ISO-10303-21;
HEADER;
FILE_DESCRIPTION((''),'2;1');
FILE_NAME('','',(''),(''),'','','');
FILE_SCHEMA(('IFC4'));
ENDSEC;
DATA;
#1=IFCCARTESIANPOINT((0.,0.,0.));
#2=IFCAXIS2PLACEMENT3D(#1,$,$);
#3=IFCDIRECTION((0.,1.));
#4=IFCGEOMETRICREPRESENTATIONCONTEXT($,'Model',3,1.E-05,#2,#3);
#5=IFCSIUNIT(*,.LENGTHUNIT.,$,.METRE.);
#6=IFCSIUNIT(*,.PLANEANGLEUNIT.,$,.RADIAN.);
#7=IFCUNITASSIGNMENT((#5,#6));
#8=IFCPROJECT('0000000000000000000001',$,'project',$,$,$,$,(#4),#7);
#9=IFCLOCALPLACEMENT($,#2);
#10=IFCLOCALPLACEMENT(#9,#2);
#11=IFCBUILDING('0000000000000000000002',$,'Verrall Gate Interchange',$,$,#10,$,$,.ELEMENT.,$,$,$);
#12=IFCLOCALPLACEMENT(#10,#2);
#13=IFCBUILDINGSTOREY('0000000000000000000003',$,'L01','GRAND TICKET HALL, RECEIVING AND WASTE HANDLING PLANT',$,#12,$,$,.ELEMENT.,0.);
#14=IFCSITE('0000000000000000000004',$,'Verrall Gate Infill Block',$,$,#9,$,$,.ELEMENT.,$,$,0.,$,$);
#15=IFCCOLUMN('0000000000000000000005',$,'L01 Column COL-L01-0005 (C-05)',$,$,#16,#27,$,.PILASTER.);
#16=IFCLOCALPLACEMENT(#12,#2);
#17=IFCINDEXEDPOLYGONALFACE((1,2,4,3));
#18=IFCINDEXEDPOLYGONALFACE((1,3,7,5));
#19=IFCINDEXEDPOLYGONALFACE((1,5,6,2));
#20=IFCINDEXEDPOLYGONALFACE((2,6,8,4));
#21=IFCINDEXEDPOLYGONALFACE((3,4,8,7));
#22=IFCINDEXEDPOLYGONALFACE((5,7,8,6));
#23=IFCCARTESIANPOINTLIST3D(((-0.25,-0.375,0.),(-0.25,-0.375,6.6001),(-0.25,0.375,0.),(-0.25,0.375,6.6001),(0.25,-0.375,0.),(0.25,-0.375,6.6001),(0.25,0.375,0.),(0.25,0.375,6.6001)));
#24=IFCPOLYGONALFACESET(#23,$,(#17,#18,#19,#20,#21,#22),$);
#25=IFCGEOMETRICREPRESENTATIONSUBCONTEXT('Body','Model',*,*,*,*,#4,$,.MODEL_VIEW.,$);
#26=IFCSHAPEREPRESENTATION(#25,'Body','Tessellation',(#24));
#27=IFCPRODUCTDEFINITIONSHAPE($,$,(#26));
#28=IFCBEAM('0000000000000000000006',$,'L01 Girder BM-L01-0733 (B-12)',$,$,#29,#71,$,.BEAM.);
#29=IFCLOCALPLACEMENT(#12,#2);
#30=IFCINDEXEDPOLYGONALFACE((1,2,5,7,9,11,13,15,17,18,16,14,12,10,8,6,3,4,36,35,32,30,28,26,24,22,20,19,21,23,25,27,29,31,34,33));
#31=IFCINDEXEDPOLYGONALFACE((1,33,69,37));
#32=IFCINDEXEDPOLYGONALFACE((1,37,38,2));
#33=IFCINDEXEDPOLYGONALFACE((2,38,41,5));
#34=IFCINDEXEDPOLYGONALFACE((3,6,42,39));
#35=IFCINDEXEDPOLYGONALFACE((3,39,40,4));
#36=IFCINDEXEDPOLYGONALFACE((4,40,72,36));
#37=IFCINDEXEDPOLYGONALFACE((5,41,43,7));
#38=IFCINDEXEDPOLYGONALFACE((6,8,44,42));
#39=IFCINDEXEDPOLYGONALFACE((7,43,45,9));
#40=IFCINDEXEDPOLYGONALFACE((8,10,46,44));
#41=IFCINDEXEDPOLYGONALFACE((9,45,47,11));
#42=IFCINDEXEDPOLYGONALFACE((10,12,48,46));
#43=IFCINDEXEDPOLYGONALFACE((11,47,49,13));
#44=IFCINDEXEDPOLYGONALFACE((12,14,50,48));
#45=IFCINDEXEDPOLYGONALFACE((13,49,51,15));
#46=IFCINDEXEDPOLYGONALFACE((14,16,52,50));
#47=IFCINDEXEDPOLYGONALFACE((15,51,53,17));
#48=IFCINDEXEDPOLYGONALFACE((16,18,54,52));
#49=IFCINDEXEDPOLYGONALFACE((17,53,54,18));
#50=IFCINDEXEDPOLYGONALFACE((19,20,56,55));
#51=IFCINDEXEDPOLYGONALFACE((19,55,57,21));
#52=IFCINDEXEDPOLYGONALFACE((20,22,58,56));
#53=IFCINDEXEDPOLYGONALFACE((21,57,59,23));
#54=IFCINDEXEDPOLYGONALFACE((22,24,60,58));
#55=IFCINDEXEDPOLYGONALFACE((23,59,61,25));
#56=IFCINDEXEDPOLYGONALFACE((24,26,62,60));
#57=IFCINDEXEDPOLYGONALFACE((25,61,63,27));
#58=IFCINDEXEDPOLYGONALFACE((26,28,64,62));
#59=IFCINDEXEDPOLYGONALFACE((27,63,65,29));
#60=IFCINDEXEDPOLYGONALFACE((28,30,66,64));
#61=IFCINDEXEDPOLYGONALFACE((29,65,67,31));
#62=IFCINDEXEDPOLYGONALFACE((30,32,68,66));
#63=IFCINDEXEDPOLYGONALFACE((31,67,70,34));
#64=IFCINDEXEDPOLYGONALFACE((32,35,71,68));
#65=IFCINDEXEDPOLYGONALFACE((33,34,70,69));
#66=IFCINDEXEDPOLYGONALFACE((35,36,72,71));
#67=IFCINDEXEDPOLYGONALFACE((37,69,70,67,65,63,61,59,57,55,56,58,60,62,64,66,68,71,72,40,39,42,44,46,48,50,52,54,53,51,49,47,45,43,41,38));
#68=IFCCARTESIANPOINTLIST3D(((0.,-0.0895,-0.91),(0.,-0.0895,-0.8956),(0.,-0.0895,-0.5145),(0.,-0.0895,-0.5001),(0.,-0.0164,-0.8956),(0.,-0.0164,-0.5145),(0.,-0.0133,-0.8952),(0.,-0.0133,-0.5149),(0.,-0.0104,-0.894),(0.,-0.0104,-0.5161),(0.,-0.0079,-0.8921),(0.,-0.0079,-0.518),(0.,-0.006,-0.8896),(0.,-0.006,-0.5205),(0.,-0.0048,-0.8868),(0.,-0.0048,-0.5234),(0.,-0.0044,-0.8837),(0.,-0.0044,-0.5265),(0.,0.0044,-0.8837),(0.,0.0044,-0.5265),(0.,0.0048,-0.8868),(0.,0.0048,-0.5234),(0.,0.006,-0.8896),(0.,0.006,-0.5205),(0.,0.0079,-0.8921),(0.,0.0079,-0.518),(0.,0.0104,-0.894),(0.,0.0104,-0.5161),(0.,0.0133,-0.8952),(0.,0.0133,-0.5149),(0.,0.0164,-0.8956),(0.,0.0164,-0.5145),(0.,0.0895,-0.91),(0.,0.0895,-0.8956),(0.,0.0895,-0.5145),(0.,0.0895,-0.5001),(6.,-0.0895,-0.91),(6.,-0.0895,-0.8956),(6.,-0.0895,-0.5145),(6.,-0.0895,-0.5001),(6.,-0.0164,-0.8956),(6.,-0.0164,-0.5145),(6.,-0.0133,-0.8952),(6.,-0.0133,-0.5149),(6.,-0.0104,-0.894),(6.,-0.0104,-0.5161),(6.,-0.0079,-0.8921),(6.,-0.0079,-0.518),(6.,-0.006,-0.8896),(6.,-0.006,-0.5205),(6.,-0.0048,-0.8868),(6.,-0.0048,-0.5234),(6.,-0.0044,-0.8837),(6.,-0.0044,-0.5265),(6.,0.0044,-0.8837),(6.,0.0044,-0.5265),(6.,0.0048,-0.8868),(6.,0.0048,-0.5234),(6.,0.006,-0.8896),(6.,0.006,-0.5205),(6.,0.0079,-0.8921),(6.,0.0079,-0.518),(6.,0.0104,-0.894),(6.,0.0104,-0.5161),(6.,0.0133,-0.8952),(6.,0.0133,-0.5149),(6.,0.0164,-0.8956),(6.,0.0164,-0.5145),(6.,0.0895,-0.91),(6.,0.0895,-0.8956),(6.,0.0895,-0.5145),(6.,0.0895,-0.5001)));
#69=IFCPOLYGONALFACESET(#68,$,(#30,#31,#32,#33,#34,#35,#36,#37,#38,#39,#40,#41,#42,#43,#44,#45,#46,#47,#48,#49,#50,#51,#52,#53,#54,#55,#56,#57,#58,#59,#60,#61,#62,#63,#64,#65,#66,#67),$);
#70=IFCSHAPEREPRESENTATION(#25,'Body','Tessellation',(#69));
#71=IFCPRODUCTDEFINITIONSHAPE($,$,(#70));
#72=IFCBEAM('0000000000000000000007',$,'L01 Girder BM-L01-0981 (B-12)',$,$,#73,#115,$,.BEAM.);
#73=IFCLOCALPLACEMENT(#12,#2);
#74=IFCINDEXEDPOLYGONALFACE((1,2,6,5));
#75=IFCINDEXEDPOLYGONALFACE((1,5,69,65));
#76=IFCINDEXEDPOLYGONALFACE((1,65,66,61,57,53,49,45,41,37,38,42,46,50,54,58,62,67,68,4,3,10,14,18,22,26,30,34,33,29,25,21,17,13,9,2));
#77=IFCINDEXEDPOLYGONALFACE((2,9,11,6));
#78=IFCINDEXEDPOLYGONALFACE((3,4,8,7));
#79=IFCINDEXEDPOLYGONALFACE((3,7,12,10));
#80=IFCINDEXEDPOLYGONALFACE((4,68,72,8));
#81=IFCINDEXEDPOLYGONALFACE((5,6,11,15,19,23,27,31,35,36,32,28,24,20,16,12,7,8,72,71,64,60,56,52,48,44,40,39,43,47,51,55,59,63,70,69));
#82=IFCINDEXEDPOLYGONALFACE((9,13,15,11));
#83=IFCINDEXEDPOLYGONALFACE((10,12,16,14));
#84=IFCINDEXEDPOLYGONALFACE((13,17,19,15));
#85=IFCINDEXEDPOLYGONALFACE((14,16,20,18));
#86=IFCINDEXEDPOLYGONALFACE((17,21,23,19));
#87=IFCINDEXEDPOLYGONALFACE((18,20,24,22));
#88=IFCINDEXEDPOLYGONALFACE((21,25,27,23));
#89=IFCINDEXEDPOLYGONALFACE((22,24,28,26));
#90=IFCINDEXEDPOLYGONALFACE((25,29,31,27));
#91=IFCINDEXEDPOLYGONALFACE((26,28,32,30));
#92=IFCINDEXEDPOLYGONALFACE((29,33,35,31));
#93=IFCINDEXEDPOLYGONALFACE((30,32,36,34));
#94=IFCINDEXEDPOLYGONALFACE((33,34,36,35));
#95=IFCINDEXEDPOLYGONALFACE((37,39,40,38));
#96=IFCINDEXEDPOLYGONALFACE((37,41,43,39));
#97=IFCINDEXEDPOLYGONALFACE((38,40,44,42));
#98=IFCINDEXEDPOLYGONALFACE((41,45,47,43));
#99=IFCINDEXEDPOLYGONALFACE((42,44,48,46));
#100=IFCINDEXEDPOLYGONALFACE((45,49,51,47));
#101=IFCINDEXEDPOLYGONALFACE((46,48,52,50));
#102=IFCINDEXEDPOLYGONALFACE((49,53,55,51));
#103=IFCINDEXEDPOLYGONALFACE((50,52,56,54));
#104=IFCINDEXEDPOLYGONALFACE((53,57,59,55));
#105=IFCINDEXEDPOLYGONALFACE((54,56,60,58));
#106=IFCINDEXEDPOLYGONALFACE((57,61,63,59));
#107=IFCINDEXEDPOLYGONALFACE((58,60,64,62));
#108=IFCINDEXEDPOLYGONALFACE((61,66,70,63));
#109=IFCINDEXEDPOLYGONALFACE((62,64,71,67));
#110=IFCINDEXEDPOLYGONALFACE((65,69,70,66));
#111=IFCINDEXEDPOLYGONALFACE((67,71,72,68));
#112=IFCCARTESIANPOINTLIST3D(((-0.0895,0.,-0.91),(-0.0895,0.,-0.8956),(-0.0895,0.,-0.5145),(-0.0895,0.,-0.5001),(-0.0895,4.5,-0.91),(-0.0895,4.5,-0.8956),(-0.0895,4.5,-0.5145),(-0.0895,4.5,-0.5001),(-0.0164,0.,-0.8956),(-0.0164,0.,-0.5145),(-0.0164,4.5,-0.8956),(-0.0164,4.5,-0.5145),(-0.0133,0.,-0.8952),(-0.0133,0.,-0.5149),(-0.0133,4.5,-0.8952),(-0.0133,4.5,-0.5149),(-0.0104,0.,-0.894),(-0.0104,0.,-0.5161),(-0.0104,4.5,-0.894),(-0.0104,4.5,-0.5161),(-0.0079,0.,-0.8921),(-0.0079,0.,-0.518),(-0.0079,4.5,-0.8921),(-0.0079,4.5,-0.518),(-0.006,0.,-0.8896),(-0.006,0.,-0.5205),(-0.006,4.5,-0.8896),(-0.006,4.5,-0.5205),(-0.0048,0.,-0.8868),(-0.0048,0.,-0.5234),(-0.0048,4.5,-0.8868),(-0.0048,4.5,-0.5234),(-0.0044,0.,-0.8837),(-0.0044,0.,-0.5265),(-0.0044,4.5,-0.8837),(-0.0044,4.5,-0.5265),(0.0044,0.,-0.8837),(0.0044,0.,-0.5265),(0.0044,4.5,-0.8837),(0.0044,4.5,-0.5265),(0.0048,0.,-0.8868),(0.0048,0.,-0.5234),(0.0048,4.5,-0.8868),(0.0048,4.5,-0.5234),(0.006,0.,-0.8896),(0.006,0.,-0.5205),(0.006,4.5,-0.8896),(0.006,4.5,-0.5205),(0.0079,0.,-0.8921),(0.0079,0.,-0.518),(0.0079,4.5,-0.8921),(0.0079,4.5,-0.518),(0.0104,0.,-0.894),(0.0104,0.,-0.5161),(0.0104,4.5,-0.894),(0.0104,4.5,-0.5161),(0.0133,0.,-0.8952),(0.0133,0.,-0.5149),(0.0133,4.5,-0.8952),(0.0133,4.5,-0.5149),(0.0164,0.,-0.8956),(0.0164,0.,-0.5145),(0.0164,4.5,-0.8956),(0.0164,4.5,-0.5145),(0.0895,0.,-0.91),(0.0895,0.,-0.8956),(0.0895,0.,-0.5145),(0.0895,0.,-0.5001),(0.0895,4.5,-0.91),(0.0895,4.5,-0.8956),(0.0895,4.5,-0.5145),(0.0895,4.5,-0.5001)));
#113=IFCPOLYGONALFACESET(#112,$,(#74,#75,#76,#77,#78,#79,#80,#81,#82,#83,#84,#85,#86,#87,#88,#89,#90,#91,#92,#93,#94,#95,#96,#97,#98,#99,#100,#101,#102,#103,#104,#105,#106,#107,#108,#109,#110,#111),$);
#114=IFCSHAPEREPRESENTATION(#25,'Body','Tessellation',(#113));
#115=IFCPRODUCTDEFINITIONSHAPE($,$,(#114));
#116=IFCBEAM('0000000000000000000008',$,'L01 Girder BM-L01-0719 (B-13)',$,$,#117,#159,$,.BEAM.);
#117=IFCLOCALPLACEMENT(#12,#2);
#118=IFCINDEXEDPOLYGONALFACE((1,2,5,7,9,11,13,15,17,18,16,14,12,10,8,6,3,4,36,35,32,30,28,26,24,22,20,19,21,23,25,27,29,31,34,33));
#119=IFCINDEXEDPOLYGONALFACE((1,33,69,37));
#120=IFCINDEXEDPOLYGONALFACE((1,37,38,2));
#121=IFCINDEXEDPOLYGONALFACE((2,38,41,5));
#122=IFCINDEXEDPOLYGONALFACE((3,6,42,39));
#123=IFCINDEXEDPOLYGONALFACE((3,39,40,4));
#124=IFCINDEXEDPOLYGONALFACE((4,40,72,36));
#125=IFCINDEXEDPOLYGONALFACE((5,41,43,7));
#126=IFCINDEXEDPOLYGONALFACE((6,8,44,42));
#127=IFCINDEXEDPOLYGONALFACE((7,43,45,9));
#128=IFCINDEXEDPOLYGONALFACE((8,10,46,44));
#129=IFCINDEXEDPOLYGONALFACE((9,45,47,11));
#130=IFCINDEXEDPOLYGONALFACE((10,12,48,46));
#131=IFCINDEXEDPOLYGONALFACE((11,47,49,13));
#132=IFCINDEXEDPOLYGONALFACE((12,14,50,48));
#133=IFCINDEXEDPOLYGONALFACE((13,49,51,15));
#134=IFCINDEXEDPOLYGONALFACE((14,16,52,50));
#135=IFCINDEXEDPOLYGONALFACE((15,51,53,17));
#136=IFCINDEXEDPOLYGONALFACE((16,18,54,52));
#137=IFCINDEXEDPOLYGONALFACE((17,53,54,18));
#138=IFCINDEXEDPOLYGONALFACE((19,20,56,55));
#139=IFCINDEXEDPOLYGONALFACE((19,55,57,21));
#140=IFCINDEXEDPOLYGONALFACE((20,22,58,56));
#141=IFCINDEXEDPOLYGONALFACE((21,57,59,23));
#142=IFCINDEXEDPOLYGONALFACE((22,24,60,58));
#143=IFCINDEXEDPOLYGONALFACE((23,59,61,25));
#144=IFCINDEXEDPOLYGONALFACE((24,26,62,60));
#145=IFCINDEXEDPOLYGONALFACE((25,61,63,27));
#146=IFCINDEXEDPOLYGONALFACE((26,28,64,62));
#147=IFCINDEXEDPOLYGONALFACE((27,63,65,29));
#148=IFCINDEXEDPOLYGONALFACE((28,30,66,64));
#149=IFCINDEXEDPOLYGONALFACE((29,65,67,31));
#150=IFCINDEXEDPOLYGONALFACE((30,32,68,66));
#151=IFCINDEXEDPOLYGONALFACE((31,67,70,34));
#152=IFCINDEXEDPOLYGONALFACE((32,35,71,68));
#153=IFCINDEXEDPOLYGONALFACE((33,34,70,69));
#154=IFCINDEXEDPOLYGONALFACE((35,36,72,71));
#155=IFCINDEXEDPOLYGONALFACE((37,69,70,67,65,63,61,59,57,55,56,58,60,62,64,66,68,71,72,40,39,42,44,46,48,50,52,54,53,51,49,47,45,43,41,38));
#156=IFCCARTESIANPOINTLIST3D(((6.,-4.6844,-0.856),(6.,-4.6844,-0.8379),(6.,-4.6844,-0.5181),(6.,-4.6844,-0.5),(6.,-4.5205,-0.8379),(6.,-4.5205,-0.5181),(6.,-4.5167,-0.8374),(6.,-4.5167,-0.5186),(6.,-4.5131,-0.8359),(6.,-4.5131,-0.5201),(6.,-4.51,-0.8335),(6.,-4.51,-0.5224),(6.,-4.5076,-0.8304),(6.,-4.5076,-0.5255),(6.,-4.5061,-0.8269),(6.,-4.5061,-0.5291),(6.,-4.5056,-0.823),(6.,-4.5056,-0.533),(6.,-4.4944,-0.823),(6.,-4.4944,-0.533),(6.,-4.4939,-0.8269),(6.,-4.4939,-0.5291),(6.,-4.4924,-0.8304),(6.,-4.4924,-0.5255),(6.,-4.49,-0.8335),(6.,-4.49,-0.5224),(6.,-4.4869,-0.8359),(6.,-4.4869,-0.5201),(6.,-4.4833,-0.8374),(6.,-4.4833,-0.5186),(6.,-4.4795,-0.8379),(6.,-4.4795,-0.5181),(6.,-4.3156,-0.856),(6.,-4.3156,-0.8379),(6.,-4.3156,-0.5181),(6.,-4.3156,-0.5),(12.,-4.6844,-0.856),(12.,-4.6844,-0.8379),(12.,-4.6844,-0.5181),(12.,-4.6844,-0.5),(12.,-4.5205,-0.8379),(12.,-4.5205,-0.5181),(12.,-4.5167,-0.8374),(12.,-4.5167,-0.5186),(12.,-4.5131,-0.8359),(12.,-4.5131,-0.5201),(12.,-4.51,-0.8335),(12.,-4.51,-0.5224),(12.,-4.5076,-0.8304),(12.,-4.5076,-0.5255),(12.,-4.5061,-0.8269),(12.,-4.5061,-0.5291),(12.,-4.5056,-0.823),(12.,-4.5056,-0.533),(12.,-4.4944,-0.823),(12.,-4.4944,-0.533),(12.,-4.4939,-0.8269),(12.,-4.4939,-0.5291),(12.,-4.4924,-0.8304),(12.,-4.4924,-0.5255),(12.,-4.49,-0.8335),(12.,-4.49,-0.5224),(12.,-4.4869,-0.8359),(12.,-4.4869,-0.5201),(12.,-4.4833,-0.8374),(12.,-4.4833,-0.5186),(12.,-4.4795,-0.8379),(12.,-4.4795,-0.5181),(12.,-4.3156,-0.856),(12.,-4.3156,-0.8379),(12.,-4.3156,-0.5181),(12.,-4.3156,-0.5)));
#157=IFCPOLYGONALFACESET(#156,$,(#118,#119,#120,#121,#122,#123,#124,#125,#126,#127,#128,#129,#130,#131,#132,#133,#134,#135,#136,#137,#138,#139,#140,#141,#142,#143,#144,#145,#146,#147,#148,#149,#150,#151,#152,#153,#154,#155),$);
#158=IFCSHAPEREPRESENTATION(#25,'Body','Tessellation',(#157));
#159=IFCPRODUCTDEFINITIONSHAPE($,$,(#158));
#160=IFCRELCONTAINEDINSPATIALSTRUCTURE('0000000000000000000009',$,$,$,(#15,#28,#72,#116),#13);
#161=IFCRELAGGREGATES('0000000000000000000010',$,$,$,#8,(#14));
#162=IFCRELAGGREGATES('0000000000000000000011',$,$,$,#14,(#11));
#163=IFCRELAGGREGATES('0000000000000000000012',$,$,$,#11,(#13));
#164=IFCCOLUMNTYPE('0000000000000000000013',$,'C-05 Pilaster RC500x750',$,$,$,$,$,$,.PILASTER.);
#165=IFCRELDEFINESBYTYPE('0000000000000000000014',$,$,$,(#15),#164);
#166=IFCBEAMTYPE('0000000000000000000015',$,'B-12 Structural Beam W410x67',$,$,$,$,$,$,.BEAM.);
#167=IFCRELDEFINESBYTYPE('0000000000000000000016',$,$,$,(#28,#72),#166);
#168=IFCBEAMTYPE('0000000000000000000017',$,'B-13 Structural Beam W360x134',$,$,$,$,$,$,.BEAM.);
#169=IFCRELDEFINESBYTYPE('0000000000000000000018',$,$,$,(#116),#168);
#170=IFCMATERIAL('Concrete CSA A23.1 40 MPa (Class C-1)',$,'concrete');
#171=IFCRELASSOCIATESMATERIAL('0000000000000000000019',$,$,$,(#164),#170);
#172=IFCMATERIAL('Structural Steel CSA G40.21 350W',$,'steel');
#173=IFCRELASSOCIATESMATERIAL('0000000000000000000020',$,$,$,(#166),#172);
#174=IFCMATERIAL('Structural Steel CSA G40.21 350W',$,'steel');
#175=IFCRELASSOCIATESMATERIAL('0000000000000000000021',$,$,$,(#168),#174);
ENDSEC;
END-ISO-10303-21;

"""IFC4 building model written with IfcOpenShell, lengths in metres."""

from ifc_helpers import new_model, si_unit, direction, frame, origin, origin_with_axes, origin_2d, place, context, subcontext, project, spatial, rectangle, i_section, extrude, material, material_profile, profile_set, type_object, element, save


model = new_model("IFC4")

# Units and contexts
model_context = context("Model", 3, precision=1e-05, world=origin(), true_north=direction((0.0, 1.0)))
body_context = subcontext(model_context, "Body", "Model", "MODEL_VIEW")
ifc_project = project(units=[si_unit("LENGTHUNIT", "METRE"), si_unit("PLANEANGLEUNIT", "RADIAN")], contexts=[model_context])

# Site, building, storey
site_placement = place(None, origin())
site = spatial("IfcSite", under=ifc_project, at=site_placement, Name="Verrall Gate Infill Block", CompositionType="ELEMENT", RefElevation=0.0)
building_placement = place(site_placement, origin())
building = spatial("IfcBuilding", under=site, at=building_placement, Name="Verrall Gate Interchange", CompositionType="ELEMENT")
storey_placement = place(building_placement, origin())
storey = spatial("IfcBuildingStorey", under=building, at=storey_placement, Name="L01", Description="GRAND TICKET HALL, RECEIVING AND WASTE HANDLING PLANT", CompositionType="ELEMENT", Elevation=0.0)

# Column
ifc_material_1 = material(Name="Concrete CSA A23.1 40 MPa (Class C-1)", Category="concrete")
ifc_material_profile_1 = material_profile(ifc_material_1, rectangle(XDim=0.5, YDim=0.75, at=origin_2d()), Name="RC500x750")
ifc_profile_set_1 = profile_set([ifc_material_profile_1], Name="Concrete CSA A23.1 40 MPa (Class C-1)")
column_type = type_object("IfcColumnType", Name="C-05 Pilaster RC500x750", PredefinedType="PILASTER", material=ifc_profile_set_1)
column_placement = place(storey_placement, origin_with_axes())
element("IfcColumn", 1, at=column_placement, inside=storey, type_object=column_type, Name="L01 Column COL-L01-0005 (C-05)", PredefinedType="PILASTER", context=body_context, shape_type="SweptSolid", body=[
    extrude(rectangle(XDim=0.5, YDim=0.75, at=origin_2d()), origin(), (0.0, 0.0, 1.0), 6.6001),
])

# Beams
ifc_material_2 = material(Name="Structural Steel CSA G40.21 350W", Category="steel")
ifc_material_profile_2 = material_profile(ifc_material_2, i_section(OverallWidth=0.179, OverallDepth=0.4099, WebThickness=0.0088, FlangeThickness=0.0144, FilletRadius=0.012, at=origin_2d()), Name="W410x67")
ifc_profile_set_2 = profile_set([ifc_material_profile_2], Name="Structural Steel CSA G40.21 350W")
beam_type_1 = type_object("IfcBeamType", Name="B-12 Structural Beam W410x67", PredefinedType="BEAM", material=ifc_profile_set_2)
beam_1_placement = place(storey_placement, frame((0.0, 0.0, -0.7051), z_axis=(1.0, 0.0, 0.0), x_axis=(0.0, 1.0, 0.0)))
element("IfcBeam", 2, at=beam_1_placement, inside=storey, type_object=beam_type_1, Name="L01 Girder BM-L01-0733 (B-12)", PredefinedType="BEAM", context=body_context, shape_type="SweptSolid", body=[
    extrude(i_section(OverallWidth=0.179, OverallDepth=0.4099, WebThickness=0.0088, FlangeThickness=0.0144, FilletRadius=0.012, at=origin_2d()), origin(), (0.0, 0.0, 1.0), 6.0),
])
beam_2_placement = place(storey_placement, frame((0.0, 0.0, -0.7051), z_axis=(0.0, 1.0, 0.0), x_axis=(-1.0, 0.0, 0.0)))
element("IfcBeam", 3, at=beam_2_placement, inside=storey, type_object=beam_type_1, Name="L01 Girder BM-L01-0981 (B-12)", PredefinedType="BEAM", context=body_context, shape_type="SweptSolid", body=[
    extrude(i_section(OverallWidth=0.179, OverallDepth=0.4099, WebThickness=0.0088, FlangeThickness=0.0144, FilletRadius=0.012, at=origin_2d()), origin(), (0.0, 0.0, 1.0), 4.5),
])
ifc_material_3 = material(Name="Structural Steel CSA G40.21 350W", Category="steel")
ifc_material_profile_3 = material_profile(ifc_material_3, i_section(OverallWidth=0.3689, OverallDepth=0.356, WebThickness=0.0112, FlangeThickness=0.0181, FilletRadius=0.0149, at=origin_2d()), Name="W360x134")
ifc_profile_set_3 = profile_set([ifc_material_profile_3], Name="Structural Steel CSA G40.21 350W")
beam_type_2 = type_object("IfcBeamType", Name="B-13 Structural Beam W360x134", PredefinedType="BEAM", material=ifc_profile_set_3)
beam_3_placement = place(storey_placement, frame((6.0, -4.5, -0.678), z_axis=(1.0, 0.0, 0.0), x_axis=(0.0, 1.0, 0.0)))
element("IfcBeam", 4, at=beam_3_placement, inside=storey, type_object=beam_type_2, Name="L01 Girder BM-L01-0719 (B-13)", PredefinedType="BEAM", context=body_context, shape_type="SweptSolid", body=[
    extrude(i_section(OverallWidth=0.3689, OverallDepth=0.356, WebThickness=0.0112, FlangeThickness=0.0181, FilletRadius=0.0149, at=origin_2d()), origin(), (0.0, 0.0, 1.0), 6.0),
])

save(model, "model.ifc")
